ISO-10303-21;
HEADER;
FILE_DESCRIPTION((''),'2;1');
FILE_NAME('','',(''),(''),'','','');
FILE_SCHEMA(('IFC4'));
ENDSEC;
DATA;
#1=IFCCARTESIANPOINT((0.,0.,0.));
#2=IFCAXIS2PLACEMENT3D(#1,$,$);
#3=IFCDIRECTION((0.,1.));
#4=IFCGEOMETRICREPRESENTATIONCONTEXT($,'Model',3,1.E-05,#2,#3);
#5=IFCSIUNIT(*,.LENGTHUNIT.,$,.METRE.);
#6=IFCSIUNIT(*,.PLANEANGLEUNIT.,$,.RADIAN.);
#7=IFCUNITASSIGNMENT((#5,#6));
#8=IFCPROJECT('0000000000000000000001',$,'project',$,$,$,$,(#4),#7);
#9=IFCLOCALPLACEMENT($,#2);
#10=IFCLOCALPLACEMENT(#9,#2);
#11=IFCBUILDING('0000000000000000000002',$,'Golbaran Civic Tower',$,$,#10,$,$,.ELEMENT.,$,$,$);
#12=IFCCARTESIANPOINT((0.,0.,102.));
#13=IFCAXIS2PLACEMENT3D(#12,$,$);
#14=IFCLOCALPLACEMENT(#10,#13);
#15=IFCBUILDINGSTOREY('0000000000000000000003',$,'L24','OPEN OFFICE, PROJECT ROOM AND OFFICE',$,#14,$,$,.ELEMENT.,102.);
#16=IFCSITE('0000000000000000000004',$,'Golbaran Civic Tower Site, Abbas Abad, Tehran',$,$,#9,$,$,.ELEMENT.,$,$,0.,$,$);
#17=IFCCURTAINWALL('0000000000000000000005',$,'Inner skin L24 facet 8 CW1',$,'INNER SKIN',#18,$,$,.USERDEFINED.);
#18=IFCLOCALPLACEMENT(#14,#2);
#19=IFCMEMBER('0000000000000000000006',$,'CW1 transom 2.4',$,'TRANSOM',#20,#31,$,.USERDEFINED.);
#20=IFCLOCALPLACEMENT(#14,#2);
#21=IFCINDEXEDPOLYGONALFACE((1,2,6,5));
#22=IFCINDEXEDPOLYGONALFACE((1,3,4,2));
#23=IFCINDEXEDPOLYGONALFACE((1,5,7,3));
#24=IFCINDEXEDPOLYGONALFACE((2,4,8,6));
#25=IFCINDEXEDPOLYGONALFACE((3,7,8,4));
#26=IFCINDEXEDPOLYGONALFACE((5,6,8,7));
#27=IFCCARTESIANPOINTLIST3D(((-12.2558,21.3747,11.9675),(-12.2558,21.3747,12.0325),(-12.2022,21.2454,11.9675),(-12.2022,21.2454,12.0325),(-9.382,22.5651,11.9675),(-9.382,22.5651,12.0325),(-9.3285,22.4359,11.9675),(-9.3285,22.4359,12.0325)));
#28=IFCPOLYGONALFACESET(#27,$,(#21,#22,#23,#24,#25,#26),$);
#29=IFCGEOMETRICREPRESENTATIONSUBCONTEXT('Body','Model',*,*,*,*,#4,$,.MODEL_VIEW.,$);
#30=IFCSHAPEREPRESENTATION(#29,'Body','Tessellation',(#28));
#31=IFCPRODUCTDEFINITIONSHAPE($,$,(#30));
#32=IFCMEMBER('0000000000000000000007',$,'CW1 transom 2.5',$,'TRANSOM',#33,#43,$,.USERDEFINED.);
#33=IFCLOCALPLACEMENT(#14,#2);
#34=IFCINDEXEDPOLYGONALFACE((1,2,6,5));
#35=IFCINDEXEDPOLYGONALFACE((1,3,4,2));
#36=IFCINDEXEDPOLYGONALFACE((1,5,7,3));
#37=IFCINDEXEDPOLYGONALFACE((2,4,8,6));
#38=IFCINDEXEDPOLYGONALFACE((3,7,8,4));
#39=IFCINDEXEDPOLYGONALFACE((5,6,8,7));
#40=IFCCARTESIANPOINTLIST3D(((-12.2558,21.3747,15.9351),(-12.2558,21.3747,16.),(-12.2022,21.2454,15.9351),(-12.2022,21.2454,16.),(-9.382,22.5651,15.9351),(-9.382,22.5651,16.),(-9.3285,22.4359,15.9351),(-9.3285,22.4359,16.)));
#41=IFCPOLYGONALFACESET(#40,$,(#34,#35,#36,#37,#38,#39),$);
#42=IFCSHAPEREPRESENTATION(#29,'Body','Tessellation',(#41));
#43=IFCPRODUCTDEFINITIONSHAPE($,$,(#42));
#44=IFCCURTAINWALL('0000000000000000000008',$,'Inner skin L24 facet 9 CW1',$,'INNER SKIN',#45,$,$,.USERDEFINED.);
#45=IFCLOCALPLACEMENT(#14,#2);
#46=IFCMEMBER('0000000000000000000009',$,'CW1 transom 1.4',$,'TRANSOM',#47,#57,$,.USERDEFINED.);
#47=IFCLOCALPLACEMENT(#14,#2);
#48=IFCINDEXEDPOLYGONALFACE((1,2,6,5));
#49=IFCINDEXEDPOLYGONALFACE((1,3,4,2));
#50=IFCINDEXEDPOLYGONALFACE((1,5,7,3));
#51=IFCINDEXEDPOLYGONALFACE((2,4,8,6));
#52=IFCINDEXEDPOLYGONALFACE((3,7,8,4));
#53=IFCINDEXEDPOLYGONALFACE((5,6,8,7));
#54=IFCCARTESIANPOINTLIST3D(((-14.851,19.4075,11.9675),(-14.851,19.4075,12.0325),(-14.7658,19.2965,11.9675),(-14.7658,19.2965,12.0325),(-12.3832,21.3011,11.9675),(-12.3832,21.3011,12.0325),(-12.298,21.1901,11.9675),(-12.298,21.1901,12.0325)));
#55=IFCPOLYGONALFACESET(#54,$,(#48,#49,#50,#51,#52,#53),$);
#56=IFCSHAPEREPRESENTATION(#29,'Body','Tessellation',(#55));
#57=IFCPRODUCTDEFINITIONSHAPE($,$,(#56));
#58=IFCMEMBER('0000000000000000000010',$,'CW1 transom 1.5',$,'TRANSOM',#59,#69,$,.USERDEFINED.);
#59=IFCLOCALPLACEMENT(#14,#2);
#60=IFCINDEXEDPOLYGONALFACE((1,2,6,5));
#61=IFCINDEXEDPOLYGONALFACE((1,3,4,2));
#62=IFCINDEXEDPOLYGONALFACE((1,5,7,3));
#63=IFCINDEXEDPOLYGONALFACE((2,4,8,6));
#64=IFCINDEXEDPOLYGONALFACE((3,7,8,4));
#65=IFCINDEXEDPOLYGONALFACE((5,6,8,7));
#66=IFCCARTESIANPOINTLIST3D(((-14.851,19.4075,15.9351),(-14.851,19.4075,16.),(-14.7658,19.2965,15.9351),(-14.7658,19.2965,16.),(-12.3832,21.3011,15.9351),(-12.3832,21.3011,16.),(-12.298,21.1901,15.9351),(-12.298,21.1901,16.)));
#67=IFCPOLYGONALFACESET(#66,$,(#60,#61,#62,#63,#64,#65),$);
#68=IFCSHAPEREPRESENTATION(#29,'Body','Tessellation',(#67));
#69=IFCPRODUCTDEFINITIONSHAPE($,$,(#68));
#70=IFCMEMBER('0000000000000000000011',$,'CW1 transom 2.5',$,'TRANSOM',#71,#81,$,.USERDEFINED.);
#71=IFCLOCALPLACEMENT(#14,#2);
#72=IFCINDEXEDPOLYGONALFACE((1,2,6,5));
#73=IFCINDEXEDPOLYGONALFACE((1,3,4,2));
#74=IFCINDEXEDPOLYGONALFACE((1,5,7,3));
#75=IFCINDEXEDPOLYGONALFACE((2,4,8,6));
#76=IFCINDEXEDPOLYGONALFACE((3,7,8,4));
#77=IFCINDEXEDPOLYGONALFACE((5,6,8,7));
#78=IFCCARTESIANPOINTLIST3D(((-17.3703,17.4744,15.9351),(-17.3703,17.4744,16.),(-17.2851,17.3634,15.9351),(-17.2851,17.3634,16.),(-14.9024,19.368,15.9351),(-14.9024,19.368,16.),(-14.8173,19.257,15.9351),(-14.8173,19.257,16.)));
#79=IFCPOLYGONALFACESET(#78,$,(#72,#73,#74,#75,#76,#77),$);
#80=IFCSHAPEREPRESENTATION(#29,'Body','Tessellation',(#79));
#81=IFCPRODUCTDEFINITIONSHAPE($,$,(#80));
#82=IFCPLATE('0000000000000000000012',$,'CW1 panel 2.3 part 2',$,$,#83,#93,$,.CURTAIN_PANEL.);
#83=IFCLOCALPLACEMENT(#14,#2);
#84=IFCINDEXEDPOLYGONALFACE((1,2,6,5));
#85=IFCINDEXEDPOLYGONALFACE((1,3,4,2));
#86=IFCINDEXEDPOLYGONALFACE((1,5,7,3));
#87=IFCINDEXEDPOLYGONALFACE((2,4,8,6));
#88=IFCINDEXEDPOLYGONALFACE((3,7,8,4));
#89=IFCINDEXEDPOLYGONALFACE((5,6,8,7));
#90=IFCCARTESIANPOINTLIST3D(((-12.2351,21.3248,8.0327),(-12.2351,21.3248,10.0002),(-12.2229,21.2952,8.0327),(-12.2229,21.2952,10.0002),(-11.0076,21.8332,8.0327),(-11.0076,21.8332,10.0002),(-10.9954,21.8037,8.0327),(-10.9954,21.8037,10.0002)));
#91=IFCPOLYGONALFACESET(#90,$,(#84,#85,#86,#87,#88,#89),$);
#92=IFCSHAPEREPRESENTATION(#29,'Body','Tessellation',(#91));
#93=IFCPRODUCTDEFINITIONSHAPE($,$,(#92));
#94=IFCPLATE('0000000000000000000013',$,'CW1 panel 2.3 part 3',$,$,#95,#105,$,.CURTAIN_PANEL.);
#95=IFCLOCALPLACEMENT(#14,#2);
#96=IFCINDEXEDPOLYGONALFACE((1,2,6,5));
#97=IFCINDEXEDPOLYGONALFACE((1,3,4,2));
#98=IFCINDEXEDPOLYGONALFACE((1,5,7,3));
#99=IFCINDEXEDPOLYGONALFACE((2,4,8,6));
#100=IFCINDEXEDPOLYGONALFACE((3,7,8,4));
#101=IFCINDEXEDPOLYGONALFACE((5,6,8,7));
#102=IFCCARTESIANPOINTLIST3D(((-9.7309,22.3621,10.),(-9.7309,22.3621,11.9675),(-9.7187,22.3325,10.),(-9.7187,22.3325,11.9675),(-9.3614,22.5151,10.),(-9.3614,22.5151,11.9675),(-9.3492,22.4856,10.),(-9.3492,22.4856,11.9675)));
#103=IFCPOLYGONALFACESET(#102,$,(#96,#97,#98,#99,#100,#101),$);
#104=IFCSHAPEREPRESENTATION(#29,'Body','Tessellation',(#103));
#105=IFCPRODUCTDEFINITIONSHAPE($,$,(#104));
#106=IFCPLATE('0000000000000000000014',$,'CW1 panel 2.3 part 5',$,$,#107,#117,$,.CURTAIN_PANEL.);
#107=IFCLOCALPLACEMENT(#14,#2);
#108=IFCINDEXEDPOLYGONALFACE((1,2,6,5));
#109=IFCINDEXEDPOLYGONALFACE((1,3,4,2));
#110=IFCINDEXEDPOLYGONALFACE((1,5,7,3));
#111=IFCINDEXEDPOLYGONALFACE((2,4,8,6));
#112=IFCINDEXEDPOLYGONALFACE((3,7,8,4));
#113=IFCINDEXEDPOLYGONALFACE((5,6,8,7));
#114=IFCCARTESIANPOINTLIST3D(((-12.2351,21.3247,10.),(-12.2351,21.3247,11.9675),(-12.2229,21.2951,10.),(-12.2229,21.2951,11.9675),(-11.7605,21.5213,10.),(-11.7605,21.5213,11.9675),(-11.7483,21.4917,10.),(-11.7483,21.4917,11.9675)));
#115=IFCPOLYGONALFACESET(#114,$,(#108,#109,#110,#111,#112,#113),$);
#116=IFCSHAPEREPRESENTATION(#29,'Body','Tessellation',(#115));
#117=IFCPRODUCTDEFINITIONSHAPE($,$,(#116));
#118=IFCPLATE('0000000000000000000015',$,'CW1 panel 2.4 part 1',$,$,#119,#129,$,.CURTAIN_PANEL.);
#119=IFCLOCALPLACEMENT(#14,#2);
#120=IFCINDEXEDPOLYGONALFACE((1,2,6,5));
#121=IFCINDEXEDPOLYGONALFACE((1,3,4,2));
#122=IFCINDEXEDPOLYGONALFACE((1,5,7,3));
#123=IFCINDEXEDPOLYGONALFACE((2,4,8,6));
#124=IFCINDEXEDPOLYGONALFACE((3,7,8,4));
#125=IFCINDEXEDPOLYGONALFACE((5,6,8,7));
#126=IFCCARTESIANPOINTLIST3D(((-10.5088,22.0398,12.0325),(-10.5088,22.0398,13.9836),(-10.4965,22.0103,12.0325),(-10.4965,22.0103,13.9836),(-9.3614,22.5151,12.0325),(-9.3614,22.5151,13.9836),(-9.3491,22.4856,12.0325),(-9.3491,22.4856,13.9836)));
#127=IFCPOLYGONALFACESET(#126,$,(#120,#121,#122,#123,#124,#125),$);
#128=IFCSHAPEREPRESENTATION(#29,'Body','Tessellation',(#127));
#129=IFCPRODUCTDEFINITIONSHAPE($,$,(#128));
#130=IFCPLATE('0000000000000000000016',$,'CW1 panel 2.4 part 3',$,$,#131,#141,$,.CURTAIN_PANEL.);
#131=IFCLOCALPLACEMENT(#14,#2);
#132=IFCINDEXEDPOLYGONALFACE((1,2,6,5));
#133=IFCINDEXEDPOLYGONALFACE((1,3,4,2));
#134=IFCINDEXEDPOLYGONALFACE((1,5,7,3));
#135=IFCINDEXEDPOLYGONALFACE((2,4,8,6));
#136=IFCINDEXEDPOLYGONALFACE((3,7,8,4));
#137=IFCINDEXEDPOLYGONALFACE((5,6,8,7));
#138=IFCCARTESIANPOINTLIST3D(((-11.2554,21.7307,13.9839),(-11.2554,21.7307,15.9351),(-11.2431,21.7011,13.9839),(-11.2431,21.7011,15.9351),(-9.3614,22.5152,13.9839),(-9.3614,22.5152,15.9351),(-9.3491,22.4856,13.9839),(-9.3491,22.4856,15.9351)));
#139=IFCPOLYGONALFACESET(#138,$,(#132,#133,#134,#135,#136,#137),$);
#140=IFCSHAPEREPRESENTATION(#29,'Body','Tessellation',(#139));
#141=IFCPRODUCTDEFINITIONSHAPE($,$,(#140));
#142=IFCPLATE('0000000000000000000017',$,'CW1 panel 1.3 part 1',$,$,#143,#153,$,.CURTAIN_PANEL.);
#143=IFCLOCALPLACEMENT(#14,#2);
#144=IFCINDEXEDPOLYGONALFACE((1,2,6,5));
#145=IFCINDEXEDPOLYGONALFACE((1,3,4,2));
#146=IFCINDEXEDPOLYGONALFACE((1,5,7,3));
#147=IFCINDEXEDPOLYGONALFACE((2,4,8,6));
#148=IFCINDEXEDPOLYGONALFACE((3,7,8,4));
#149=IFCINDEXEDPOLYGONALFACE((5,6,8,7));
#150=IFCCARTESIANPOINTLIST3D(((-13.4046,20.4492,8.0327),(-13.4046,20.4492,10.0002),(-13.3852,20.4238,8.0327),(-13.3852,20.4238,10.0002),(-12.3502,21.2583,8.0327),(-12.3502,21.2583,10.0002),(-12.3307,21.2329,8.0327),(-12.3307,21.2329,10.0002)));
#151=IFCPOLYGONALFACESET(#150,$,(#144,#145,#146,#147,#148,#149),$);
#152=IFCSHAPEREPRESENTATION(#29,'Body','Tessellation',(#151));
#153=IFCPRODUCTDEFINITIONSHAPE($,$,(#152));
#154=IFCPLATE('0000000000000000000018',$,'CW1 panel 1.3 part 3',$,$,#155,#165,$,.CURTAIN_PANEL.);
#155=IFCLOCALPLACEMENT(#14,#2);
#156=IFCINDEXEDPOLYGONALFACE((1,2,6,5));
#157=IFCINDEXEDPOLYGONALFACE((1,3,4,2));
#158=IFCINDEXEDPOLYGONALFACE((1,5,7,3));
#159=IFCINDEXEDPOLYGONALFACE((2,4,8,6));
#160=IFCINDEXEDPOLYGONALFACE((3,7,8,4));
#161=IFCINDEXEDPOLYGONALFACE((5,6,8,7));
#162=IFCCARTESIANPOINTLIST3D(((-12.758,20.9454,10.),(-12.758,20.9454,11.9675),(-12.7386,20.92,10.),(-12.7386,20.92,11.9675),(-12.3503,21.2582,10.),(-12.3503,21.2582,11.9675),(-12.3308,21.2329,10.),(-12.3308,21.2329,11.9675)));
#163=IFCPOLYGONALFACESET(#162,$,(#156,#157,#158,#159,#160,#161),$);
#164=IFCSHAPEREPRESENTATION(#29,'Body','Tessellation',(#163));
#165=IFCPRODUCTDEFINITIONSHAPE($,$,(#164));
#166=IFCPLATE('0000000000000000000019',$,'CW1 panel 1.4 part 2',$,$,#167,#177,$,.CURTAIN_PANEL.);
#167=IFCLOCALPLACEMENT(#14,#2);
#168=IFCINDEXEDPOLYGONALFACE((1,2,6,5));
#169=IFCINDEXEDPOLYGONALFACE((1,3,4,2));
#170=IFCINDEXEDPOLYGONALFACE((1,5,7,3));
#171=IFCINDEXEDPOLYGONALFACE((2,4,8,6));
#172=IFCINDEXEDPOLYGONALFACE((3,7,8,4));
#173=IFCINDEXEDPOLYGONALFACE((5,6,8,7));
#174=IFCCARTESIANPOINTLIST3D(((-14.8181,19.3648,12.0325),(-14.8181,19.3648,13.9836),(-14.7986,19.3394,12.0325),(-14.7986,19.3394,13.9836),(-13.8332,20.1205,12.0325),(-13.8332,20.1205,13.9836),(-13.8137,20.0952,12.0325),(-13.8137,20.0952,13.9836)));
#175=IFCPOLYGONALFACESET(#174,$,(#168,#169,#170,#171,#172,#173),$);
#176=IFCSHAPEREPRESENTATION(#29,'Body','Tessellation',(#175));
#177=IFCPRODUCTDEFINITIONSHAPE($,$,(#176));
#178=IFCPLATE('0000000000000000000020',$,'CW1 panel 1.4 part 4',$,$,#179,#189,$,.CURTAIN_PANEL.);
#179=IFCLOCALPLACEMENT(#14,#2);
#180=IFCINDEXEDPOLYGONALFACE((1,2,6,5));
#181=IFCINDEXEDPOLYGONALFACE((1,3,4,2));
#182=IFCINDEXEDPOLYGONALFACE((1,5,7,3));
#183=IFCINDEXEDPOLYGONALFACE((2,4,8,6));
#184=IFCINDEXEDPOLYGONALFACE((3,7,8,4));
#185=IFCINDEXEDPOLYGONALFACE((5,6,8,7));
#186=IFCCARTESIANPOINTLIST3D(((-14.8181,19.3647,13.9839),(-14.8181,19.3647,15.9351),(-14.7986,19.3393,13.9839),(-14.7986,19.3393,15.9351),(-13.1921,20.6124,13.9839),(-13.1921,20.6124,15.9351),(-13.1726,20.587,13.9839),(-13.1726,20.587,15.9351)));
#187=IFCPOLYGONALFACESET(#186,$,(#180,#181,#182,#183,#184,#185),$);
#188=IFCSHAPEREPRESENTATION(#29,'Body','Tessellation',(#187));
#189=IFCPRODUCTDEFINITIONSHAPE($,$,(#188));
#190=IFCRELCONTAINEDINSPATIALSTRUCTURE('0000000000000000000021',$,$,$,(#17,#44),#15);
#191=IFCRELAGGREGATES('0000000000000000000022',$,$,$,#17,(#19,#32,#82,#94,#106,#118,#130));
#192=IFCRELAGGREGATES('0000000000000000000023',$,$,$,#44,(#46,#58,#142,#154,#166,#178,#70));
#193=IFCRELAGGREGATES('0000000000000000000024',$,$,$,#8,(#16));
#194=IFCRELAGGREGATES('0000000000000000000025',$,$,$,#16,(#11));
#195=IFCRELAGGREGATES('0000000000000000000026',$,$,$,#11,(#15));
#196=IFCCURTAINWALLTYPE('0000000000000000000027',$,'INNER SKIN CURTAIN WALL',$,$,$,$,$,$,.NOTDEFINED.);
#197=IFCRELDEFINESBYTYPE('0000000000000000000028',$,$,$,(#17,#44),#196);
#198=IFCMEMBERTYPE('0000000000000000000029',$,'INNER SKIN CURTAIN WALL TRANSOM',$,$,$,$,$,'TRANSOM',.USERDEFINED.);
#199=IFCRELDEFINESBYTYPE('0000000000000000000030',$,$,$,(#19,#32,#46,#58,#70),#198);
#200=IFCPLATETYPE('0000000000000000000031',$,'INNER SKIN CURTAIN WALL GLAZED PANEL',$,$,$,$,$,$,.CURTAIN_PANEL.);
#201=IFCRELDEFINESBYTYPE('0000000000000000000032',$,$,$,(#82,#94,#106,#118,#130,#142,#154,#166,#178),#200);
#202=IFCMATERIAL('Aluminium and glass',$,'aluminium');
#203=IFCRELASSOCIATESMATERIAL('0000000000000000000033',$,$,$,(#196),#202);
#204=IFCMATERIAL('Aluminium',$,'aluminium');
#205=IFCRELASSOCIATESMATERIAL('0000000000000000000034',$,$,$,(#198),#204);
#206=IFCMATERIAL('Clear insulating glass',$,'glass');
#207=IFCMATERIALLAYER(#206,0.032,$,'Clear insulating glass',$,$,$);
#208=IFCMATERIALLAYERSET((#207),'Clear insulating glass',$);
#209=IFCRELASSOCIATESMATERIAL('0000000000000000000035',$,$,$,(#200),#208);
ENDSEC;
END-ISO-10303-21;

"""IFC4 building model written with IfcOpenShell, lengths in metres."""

from ifc_helpers import new_model, si_unit, direction, frame, origin, origin_2d, place, context, subcontext, project, spatial, rectangle, extrude, material, layer, layer_set, material_profile, profile_set, type_object, element, aggregate, save


model = new_model("IFC4")

# Units and contexts
model_context = context("Model", 3, precision=1e-05, world=origin(), true_north=direction((0.0, 1.0)))
body_context = subcontext(model_context, "Body", "Model", "MODEL_VIEW")
ifc_project = project(units=[si_unit("LENGTHUNIT", "METRE"), si_unit("PLANEANGLEUNIT", "RADIAN")], contexts=[model_context])

# Site, building, storey
site_placement = place(None, origin())
site = spatial("IfcSite", under=ifc_project, at=site_placement, Name="Golbaran Civic Tower Site, Abbas Abad, Tehran", CompositionType="ELEMENT", RefElevation=0.0)
building_placement = place(site_placement, origin())
building = spatial("IfcBuilding", under=site, at=building_placement, Name="Golbaran Civic Tower", CompositionType="ELEMENT")
storey_placement = place(building_placement, frame((0.0, 0.0, 102.0)))
storey = spatial("IfcBuildingStorey", under=building, at=storey_placement, Name="L24", Description="OPEN OFFICE, PROJECT ROOM AND OFFICE", CompositionType="ELEMENT", Elevation=102.0)

# Curtain walls, members
ifc_material_1 = material(Name="Aluminium and glass", Category="aluminium")
curtain_wall_type = type_object("IfcCurtainWallType", Name="INNER SKIN CURTAIN WALL", PredefinedType="NOTDEFINED", material=ifc_material_1)
curtain_wall_1_placement = place(storey_placement, origin())
curtain_wall_1 = element("IfcCurtainWall", 1, at=curtain_wall_1_placement, inside=storey, type_object=curtain_wall_type, Name="Inner skin L24 facet 8 CW1", ObjectType="INNER SKIN", PredefinedType="USERDEFINED")
ifc_material_2 = material(Name="Aluminium", Category="aluminium")
ifc_material_profile = material_profile(ifc_material_2, rectangle(XDim=0.1399, YDim=0.0649, at=origin_2d()), Name="INNER SKIN CURTAIN WALL TRANSOM")
ifc_profile_set = profile_set([ifc_material_profile], Name="Aluminium")
member_type = type_object("IfcMemberType", Name="INNER SKIN CURTAIN WALL TRANSOM", ElementType="TRANSOM", PredefinedType="USERDEFINED", material=ifc_profile_set)
member_1_placement = place(storey_placement, frame((-9.3552, 22.5005, 12.0), z_axis=(-0.923871, -0.382703, 0.0), x_axis=(0.382703, -0.923871, 0.0)))
member_1 = element("IfcMember", 2, at=member_1_placement, type_object=member_type, Name="CW1 transom 2.4", ObjectType="TRANSOM", PredefinedType="USERDEFINED", context=body_context, shape_type="SweptSolid", body=[
    extrude(rectangle(XDim=0.1399, YDim=0.0649, at=origin_2d()), origin(), (0.0, 0.0, 1.0), 3.1106),
])
member_2_placement = place(storey_placement, frame((-9.3552, 22.5005, 15.9675), z_axis=(-0.923871, -0.382703, 0.0), x_axis=(0.382703, -0.923871, 0.0)))
member_2 = element("IfcMember", 3, at=member_2_placement, type_object=member_type, Name="CW1 transom 2.5", ObjectType="TRANSOM", PredefinedType="USERDEFINED", context=body_context, shape_type="SweptSolid", body=[
    extrude(rectangle(XDim=0.1399, YDim=0.0649, at=origin_2d()), origin(), (0.0, 0.0, 1.0), 3.1106),
])
curtain_wall_2_placement = place(storey_placement, origin())
curtain_wall_2 = element("IfcCurtainWall", 4, at=curtain_wall_2_placement, inside=storey, type_object=curtain_wall_type, Name="Inner skin L24 facet 9 CW1", ObjectType="INNER SKIN", PredefinedType="USERDEFINED")
member_3_placement = place(storey_placement, frame((-12.3406, 21.2456, 12.0), z_axis=(-0.793359, -0.608754, 0.0), x_axis=(0.608754, -0.793359, 0.0)))
member_3 = element("IfcMember", 5, at=member_3_placement, type_object=member_type, Name="CW1 transom 1.4", ObjectType="TRANSOM", PredefinedType="USERDEFINED", context=body_context, shape_type="SweptSolid", body=[
    extrude(rectangle(XDim=0.1399, YDim=0.0649, at=origin_2d()), origin(), (0.0, 0.0, 1.0), 3.1106),
])
member_4_placement = place(storey_placement, frame((-12.3406, 21.2456, 15.9675), z_axis=(-0.793359, -0.608754, 0.0), x_axis=(0.608754, -0.793359, 0.0)))
member_4 = element("IfcMember", 6, at=member_4_placement, type_object=member_type, Name="CW1 transom 1.5", ObjectType="TRANSOM", PredefinedType="USERDEFINED", context=body_context, shape_type="SweptSolid", body=[
    extrude(rectangle(XDim=0.1399, YDim=0.0649, at=origin_2d()), origin(), (0.0, 0.0, 1.0), 3.1106),
])
member_5_placement = place(storey_placement, frame((-14.8599, 19.3125, 15.9675), z_axis=(-0.793359, -0.608754, 0.0), x_axis=(0.608754, -0.793359, 0.0)))
member_5 = element("IfcMember", 7, at=member_5_placement, type_object=member_type, Name="CW1 transom 2.5", ObjectType="TRANSOM", PredefinedType="USERDEFINED", context=body_context, shape_type="SweptSolid", body=[
    extrude(rectangle(XDim=0.1399, YDim=0.0649, at=origin_2d()), origin(), (0.0, 0.0, 1.0), 3.1106),
])

# Plates
ifc_material_3 = material(Name="Clear insulating glass", Category="glass")
ifc_layer_1 = layer(ifc_material_3, 0.032, Name="Clear insulating glass")
ifc_layer_set_1 = layer_set([ifc_layer_1], Name="Clear insulating glass")
plate_type_1 = type_object("IfcPlateType", Name="INNER SKIN CURTAIN WALL GLAZED PANEL", PredefinedType="CURTAIN_PANEL", material=ifc_layer_set_1)
plate_1_placement = place(storey_placement, frame((-11.6152, 21.5642, 8.0327), z_axis=(0.0, 0.0, 1.0), x_axis=(-0.92388, -0.382683, 0.0)))
plate_1 = element("IfcPlate", 8, at=plate_1_placement, type_object=plate_type_1, Name="CW1 panel 2.3 part 2", PredefinedType="CURTAIN_PANEL", context=body_context, shape_type="SweptSolid", body=[
    extrude(rectangle(XDim=1.3286, YDim=0.032, at=origin_2d()), origin(), (0.0, 0.0, 1.0), 1.9675),
])
plate_2_placement = place(storey_placement, frame((-9.54, 22.4238, 10.0), z_axis=(0.0, 0.0, 1.0), x_axis=(-0.92388, -0.382683, 0.0)))
plate_2 = element("IfcPlate", 9, at=plate_2_placement, type_object=plate_type_1, Name="CW1 panel 2.3 part 3", PredefinedType="CURTAIN_PANEL", context=body_context, shape_type="SweptSolid", body=[
    extrude(rectangle(XDim=0.3999, YDim=0.032, at=origin_2d()), origin(), (0.0, 0.0, 1.0), 1.9675),
])
plate_3_placement = place(storey_placement, frame((-11.9917, 21.4082, 10.0), z_axis=(0.0, 0.0, 1.0), x_axis=(-0.92388, -0.382683, 0.0)))
plate_3 = element("IfcPlate", 10, at=plate_3_placement, type_object=plate_type_1, Name="CW1 panel 2.3 part 5", PredefinedType="CURTAIN_PANEL", context=body_context, shape_type="SweptSolid", body=[
    extrude(rectangle(XDim=0.5137, YDim=0.032, at=origin_2d()), origin(), (0.0, 0.0, 1.0), 1.9675),
])
plate_4_placement = place(storey_placement, frame((-9.929, 22.2627, 12.0325), z_axis=(0.0, 0.0, 1.0), x_axis=(-0.92388, -0.382683, 0.0)))
plate_4 = element("IfcPlate", 11, at=plate_4_placement, type_object=plate_type_1, Name="CW1 panel 2.4 part 1", PredefinedType="CURTAIN_PANEL", context=body_context, shape_type="SweptSolid", body=[
    extrude(rectangle(XDim=1.2419, YDim=0.032, at=origin_2d()), origin(), (0.0, 0.0, 1.0), 1.9512),
])
plate_5_placement = place(storey_placement, frame((-10.3022, 22.1082, 13.9839), z_axis=(0.0, 0.0, 1.0), x_axis=(-0.92388, -0.382683, 0.0)))
plate_5 = element("IfcPlate", 12, at=plate_5_placement, type_object=plate_type_1, Name="CW1 panel 2.4 part 3", PredefinedType="CURTAIN_PANEL", context=body_context, shape_type="SweptSolid", body=[
    extrude(rectangle(XDim=2.05, YDim=0.032, at=origin_2d()), origin(), (0.0, 0.0, 1.0), 1.9512),
])
plate_6_placement = place(storey_placement, frame((-12.8677, 20.8411, 8.0327), z_axis=(0.0, 0.0, 1.0), x_axis=(-0.793353, -0.608761, 0.0)))
plate_6 = element("IfcPlate", 13, at=plate_6_placement, type_object=plate_type_1, Name="CW1 panel 1.3 part 1", PredefinedType="CURTAIN_PANEL", context=body_context, shape_type="SweptSolid", body=[
    extrude(rectangle(XDim=1.3291, YDim=0.032, at=origin_2d()), origin(), (0.0, 0.0, 1.0), 1.9675),
])
plate_7_placement = place(storey_placement, frame((-12.5444, 21.0891, 10.0), z_axis=(0.0, 0.0, 1.0), x_axis=(-0.793353, -0.608761, 0.0)))
plate_7 = element("IfcPlate", 14, at=plate_7_placement, type_object=plate_type_1, Name="CW1 panel 1.3 part 3", PredefinedType="CURTAIN_PANEL", context=body_context, shape_type="SweptSolid", body=[
    extrude(rectangle(XDim=0.5139, YDim=0.032, at=origin_2d()), origin(), (0.0, 0.0, 1.0), 1.9675),
])
plate_8_placement = place(storey_placement, frame((-14.3159, 19.73, 12.0325), z_axis=(0.0, 0.0, 1.0), x_axis=(-0.793353, -0.608761, 0.0)))
plate_8 = element("IfcPlate", 15, at=plate_8_placement, type_object=plate_type_1, Name="CW1 panel 1.4 part 2", PredefinedType="CURTAIN_PANEL", context=body_context, shape_type="SweptSolid", body=[
    extrude(rectangle(XDim=1.2415, YDim=0.032, at=origin_2d()), origin(), (0.0, 0.0, 1.0), 1.9512),
])
plate_9_placement = place(storey_placement, frame((-13.9954, 19.9758, 13.9839), z_axis=(0.0, 0.0, 1.0), x_axis=(-0.793353, -0.608761, 0.0)))
plate_9 = element("IfcPlate", 16, at=plate_9_placement, type_object=plate_type_1, Name="CW1 panel 1.4 part 4", PredefinedType="CURTAIN_PANEL", context=body_context, shape_type="SweptSolid", body=[
    extrude(rectangle(XDim=2.0496, YDim=0.032, at=origin_2d()), origin(), (0.0, 0.0, 1.0), 1.9512),
])
aggregate(curtain_wall_1, [member_1, member_2, plate_1, plate_2, plate_3, plate_4, plate_5])
aggregate(curtain_wall_2, [member_3, member_4, plate_6, plate_7, plate_8, plate_9, member_5])

save(model, "model.ifc")
